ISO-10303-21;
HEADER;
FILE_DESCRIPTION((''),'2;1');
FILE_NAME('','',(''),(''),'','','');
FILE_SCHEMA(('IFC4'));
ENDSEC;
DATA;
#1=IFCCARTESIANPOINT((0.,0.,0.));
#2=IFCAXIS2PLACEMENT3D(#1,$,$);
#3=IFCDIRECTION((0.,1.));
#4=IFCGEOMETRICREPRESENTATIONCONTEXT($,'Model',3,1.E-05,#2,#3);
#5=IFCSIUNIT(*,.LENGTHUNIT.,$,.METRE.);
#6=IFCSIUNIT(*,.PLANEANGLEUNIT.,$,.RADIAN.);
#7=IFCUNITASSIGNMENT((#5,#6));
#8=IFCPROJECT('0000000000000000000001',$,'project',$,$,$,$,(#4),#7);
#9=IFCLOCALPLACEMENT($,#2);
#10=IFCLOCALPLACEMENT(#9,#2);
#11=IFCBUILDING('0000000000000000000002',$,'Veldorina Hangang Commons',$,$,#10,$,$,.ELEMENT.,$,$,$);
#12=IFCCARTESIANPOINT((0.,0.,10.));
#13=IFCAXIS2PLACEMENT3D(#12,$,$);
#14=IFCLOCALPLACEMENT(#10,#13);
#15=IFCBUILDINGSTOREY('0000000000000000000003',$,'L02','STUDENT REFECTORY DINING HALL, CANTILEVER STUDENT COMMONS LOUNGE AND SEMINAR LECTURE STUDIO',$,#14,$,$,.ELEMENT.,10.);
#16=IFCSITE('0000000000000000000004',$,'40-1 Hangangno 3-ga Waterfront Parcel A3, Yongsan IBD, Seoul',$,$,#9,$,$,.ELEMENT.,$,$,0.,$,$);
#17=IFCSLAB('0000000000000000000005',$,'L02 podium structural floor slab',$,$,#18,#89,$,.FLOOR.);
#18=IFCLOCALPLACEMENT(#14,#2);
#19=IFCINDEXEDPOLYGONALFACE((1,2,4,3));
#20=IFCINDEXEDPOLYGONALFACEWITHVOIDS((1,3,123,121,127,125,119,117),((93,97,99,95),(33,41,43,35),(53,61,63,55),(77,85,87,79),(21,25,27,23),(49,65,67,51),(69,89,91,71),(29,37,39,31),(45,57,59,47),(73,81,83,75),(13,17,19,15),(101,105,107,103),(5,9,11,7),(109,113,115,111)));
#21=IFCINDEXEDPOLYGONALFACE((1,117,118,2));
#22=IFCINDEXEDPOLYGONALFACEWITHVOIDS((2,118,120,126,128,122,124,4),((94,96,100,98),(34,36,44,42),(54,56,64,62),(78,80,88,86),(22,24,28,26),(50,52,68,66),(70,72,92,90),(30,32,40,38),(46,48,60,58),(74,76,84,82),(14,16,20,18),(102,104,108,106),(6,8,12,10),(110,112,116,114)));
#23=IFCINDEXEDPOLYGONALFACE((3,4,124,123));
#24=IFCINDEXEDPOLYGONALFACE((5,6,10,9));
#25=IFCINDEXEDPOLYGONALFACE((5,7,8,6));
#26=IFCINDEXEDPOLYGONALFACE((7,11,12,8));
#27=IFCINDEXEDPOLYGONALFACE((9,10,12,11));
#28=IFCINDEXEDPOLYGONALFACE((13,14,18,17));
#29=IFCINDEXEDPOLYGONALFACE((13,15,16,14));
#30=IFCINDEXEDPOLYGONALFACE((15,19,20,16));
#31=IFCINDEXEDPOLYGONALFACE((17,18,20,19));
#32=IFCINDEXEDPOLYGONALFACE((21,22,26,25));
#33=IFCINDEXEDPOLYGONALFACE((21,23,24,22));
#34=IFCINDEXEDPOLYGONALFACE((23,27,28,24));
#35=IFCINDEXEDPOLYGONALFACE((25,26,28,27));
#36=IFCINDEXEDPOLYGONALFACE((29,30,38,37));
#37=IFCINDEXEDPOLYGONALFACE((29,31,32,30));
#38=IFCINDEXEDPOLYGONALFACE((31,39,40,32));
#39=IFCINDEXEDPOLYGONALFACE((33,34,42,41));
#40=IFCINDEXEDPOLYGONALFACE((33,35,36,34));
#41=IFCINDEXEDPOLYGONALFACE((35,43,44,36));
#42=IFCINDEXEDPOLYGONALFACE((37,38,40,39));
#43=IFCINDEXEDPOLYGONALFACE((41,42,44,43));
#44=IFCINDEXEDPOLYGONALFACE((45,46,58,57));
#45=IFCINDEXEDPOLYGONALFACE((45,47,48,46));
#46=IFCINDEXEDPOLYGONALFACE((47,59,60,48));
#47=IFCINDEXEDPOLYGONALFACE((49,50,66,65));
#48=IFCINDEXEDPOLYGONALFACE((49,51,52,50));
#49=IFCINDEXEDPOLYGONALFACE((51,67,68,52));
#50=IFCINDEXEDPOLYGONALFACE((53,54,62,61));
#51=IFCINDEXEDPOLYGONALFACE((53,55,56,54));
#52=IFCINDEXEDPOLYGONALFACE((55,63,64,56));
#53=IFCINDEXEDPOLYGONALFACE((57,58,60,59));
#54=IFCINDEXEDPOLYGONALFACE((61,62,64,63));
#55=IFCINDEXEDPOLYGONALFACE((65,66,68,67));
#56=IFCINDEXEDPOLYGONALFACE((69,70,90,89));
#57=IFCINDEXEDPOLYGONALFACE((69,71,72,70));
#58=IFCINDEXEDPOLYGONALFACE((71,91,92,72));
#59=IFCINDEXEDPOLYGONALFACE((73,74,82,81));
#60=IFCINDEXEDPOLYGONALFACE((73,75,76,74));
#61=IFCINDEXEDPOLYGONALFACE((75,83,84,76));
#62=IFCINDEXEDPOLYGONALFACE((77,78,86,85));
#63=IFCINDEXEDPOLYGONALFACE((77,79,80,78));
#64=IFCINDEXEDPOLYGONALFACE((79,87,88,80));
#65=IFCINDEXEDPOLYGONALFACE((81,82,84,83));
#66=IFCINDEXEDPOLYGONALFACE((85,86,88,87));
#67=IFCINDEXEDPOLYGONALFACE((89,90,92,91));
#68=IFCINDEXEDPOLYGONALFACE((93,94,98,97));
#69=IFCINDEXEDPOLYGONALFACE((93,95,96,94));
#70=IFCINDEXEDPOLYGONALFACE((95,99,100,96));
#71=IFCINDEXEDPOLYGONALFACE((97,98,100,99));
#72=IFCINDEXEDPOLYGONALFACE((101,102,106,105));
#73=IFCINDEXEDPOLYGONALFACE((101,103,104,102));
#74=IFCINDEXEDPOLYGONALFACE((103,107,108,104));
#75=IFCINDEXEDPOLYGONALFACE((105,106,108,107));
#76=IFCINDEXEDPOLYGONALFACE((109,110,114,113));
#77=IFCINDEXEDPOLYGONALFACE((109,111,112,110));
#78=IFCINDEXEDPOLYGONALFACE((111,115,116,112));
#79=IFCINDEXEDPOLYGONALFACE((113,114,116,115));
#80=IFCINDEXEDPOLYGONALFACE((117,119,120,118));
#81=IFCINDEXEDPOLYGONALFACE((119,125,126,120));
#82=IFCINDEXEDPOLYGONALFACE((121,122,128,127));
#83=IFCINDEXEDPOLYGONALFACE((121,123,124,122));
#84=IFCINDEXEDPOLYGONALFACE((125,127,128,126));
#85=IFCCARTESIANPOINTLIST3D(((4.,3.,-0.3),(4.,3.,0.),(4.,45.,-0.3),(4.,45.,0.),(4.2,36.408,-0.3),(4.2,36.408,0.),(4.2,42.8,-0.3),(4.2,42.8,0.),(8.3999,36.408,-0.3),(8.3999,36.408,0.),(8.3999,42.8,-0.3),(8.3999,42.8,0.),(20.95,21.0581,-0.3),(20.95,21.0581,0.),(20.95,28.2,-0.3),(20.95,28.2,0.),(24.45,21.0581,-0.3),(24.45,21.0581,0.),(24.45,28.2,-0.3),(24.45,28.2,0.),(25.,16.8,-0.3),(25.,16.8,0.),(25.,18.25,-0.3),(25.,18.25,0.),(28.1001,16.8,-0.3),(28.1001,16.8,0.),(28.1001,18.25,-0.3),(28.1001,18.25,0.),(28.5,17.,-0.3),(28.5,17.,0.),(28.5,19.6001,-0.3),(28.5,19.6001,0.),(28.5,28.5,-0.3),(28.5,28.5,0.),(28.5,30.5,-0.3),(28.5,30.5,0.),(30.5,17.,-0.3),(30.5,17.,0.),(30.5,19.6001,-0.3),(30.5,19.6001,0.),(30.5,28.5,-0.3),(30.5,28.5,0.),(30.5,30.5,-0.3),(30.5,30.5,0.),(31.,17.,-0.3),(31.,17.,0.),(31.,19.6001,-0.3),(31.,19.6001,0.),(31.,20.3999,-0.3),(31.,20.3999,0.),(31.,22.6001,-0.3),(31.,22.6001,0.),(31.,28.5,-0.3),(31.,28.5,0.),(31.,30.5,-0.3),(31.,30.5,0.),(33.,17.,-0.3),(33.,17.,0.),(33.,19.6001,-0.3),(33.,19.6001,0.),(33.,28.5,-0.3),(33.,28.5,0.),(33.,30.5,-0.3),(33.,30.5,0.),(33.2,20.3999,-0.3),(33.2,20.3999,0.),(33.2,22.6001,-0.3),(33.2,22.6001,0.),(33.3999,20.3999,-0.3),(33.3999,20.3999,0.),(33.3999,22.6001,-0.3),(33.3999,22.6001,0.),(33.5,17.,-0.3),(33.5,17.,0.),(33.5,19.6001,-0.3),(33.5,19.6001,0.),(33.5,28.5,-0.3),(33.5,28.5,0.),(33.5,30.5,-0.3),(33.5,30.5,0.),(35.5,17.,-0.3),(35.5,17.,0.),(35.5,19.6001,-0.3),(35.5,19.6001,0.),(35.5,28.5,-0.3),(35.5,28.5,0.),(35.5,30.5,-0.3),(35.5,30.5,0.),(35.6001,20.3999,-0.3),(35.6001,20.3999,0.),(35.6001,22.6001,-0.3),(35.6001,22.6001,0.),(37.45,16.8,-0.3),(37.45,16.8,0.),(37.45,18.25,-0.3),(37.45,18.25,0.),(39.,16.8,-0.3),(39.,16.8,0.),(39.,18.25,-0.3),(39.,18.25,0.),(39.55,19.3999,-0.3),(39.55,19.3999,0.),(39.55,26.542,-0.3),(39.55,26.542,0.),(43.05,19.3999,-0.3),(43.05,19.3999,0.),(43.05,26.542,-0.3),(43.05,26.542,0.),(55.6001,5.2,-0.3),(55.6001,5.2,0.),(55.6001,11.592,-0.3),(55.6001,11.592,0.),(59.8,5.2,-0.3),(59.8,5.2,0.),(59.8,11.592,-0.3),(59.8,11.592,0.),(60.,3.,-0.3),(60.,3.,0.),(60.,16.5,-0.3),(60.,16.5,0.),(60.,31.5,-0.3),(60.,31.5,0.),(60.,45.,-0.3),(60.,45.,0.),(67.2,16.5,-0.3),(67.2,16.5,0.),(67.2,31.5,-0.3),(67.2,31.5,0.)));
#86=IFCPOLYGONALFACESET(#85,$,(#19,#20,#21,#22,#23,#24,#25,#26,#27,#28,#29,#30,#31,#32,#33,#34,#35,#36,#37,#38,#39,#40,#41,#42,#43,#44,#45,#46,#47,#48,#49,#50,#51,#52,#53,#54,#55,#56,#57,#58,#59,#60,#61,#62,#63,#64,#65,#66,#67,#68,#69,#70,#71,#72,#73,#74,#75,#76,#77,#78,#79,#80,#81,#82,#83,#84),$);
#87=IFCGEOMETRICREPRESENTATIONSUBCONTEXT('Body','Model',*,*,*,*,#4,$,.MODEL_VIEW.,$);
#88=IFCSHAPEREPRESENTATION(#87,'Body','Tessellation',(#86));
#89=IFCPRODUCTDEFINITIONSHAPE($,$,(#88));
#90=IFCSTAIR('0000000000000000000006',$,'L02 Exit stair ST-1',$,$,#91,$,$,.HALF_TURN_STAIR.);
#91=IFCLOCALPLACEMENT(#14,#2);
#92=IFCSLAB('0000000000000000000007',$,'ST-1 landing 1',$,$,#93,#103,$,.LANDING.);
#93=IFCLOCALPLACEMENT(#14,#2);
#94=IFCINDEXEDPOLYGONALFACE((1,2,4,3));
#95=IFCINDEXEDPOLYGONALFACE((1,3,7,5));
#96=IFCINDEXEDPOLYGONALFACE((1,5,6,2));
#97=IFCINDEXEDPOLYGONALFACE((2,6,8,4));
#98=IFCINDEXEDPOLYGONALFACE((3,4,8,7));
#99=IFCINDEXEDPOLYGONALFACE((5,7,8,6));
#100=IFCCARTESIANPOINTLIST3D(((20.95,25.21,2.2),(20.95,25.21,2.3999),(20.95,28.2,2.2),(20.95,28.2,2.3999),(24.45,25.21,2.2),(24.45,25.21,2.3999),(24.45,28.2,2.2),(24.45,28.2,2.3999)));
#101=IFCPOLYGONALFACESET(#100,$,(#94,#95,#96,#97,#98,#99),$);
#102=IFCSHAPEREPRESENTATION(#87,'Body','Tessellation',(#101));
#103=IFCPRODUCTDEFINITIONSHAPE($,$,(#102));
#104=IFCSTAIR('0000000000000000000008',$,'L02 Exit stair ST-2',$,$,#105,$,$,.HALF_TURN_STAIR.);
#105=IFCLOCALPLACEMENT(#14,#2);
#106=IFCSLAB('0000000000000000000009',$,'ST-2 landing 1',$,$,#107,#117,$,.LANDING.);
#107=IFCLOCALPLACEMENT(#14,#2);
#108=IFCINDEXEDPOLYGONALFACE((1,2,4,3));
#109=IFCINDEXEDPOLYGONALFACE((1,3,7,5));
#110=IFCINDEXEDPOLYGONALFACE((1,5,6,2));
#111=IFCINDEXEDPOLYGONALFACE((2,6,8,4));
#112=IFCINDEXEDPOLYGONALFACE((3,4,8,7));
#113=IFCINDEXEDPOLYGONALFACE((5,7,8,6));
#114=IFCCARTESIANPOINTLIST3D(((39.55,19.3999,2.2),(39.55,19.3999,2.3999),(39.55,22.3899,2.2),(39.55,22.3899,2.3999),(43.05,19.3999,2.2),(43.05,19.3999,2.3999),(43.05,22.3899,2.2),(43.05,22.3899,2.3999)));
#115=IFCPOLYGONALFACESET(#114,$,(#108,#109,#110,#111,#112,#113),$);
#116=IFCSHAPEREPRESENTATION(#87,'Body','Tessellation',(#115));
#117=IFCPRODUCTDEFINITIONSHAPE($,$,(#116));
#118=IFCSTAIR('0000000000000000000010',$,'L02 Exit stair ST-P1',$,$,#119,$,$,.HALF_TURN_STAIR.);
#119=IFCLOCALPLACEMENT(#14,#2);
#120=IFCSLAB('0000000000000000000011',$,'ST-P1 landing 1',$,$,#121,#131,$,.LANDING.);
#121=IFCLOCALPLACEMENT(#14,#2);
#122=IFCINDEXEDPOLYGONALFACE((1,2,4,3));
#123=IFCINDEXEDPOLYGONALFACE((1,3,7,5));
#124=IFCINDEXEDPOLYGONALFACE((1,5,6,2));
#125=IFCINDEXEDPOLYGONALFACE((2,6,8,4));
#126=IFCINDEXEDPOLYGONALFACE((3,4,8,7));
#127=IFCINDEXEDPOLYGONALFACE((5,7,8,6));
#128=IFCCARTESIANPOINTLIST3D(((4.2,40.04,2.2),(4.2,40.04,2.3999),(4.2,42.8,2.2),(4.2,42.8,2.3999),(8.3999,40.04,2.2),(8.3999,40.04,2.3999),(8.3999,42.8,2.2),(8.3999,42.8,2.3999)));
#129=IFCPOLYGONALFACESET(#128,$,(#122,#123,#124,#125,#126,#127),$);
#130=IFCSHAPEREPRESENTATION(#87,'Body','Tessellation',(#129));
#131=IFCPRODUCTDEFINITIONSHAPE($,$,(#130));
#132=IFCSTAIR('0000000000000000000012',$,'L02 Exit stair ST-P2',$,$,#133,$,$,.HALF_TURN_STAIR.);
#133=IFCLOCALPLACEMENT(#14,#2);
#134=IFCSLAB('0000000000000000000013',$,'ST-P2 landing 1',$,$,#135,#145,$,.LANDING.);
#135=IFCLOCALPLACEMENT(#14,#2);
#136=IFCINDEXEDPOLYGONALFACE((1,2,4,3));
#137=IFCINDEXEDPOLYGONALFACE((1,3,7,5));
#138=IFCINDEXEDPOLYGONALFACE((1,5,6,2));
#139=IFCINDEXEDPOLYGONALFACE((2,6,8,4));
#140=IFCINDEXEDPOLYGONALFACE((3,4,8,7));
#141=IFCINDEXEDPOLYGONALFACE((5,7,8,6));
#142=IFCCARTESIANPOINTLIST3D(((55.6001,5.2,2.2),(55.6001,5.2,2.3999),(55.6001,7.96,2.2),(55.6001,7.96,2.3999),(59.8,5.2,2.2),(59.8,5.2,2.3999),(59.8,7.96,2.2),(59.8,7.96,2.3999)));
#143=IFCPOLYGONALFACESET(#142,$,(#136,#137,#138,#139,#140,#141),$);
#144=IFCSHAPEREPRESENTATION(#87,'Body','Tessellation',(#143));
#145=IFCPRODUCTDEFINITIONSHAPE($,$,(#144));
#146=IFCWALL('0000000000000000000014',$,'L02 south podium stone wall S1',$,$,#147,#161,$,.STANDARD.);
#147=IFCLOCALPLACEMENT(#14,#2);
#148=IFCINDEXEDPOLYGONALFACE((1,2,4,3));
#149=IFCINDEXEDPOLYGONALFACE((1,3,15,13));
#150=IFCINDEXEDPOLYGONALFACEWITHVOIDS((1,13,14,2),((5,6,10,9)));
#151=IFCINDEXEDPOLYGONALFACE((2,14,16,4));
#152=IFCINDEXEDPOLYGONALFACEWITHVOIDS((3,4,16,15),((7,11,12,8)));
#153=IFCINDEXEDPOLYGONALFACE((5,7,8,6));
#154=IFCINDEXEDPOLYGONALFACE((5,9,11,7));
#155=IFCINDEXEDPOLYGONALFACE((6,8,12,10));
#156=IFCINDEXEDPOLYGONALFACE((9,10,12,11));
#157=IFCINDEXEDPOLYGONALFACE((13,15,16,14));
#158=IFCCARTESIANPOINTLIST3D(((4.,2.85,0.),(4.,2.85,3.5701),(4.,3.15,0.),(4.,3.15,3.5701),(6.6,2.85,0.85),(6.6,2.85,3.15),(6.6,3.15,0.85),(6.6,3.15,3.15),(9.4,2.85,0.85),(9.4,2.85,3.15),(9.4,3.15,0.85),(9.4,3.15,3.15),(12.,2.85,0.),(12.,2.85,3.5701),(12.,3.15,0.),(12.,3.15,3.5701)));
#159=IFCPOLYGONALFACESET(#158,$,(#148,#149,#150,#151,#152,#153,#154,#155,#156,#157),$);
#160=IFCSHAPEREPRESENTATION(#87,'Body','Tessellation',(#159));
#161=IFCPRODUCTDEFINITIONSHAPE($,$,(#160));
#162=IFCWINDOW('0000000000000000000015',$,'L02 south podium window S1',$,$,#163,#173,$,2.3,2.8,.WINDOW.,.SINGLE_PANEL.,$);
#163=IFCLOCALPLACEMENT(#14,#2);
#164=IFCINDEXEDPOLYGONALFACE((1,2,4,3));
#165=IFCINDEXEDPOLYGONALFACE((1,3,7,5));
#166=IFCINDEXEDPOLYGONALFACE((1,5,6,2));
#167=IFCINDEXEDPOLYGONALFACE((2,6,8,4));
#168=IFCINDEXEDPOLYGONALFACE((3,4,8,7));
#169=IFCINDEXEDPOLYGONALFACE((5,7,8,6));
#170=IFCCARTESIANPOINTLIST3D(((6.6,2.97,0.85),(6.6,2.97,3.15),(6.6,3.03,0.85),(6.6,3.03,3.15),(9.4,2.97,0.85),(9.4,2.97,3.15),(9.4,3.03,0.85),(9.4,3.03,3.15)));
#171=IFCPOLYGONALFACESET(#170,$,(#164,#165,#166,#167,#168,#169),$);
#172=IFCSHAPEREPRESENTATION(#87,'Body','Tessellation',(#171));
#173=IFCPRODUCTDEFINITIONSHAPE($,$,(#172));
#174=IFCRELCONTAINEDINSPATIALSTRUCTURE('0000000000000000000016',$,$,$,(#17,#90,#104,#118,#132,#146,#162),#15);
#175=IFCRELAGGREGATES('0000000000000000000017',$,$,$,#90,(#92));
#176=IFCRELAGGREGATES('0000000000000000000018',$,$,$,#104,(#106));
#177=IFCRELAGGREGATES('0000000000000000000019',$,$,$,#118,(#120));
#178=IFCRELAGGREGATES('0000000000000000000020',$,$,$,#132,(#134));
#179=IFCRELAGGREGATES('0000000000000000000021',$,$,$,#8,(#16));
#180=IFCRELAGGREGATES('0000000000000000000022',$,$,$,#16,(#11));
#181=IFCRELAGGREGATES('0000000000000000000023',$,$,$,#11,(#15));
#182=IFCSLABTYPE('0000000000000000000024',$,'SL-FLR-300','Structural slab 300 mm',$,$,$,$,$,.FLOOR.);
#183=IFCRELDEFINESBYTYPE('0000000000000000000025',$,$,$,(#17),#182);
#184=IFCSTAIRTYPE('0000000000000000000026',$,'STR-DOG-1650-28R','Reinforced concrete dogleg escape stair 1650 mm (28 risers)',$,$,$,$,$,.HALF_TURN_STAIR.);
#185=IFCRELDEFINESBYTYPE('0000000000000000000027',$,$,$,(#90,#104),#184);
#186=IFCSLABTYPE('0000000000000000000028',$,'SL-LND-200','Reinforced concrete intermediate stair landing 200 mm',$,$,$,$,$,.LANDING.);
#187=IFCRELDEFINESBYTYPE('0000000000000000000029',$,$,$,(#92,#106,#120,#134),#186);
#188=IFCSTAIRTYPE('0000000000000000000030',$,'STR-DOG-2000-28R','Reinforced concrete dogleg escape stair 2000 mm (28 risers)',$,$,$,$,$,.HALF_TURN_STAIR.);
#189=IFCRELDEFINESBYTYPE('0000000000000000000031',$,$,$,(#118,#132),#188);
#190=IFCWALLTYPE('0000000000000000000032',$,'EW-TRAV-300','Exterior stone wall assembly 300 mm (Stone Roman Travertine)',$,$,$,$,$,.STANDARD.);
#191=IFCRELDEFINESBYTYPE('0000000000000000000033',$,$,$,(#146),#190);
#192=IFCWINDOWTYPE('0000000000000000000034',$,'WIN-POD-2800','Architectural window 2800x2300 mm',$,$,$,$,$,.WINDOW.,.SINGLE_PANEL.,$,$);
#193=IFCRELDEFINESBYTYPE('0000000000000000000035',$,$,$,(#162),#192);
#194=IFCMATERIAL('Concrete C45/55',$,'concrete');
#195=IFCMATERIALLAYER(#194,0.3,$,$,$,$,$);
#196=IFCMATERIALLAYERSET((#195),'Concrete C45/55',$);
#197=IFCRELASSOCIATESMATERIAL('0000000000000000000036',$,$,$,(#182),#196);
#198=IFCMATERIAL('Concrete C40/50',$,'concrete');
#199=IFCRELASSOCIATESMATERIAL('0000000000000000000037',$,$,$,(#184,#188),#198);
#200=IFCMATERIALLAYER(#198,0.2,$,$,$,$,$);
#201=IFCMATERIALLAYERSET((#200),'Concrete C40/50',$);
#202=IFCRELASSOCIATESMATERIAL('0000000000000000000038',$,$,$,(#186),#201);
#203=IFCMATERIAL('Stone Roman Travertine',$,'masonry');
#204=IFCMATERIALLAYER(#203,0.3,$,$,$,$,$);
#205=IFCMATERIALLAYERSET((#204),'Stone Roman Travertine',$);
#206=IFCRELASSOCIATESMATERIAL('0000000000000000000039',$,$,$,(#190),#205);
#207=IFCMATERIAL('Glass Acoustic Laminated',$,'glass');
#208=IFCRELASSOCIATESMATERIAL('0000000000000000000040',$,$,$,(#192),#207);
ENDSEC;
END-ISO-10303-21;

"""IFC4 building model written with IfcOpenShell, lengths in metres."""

from ifc_helpers import new_model, si_unit, direction, frame, frame_2d, origin, place, context, subcontext, project, spatial, polyline, rectangle, outline, extrude, material, layer, layer_set, type_object, element, fill, aggregate, save


model = new_model("IFC4")

# Units and contexts
model_context = context("Model", 3, precision=1e-05, world=origin(), true_north=direction((0.0, 1.0)))
body_context = subcontext(model_context, "Body", "Model", "MODEL_VIEW")
ifc_project = project(units=[si_unit("LENGTHUNIT", "METRE"), si_unit("PLANEANGLEUNIT", "RADIAN")], contexts=[model_context])

# Site, building, storey
site_placement = place(None, origin())
site = spatial("IfcSite", under=ifc_project, at=site_placement, Name="40-1 Hangangno 3-ga Waterfront Parcel A3, Yongsan IBD, Seoul", CompositionType="ELEMENT", RefElevation=0.0)
building_placement = place(site_placement, origin())
building = spatial("IfcBuilding", under=site, at=building_placement, Name="Veldorina Hangang Commons", CompositionType="ELEMENT")
storey_placement = place(building_placement, frame((0.0, 0.0, 10.0)))
storey = spatial("IfcBuildingStorey", under=building, at=storey_placement, Name="L02", Description="STUDENT REFECTORY DINING HALL, CANTILEVER STUDENT COMMONS LOUNGE AND SEMINAR LECTURE STUDIO", CompositionType="ELEMENT", Elevation=10.0)

# Slab
ifc_material_1 = material(Name="Concrete C45/55", Category="concrete")
ifc_layer_1 = layer(ifc_material_1, 0.3)
ifc_layer_set_1 = layer_set([ifc_layer_1], Name="Concrete C45/55")
slab_type_1 = type_object("IfcSlabType", Name="SL-FLR-300", Description="Structural slab 300 mm", PredefinedType="FLOOR", material=ifc_layer_set_1)
slab_1_placement = place(storey_placement, frame((0.0, 0.0, -0.3)))
element("IfcSlab", 1, at=slab_1_placement, inside=storey, type_object=slab_type_1, Name="L02 podium structural floor slab", PredefinedType="FLOOR", context=body_context, shape_type="SweptSolid", body=[
    extrude(outline(polyline([(4.0, 3.0), (60.0, 3.0), (60.0, 16.5), (67.2, 16.5), (67.2, 31.5), (60.0, 31.5), (60.0, 45.0), (4.0, 45.0), (4.0, 3.0)]), holes=[polyline([(20.95, 21.0581), (20.95, 28.2), (24.45, 28.2), (24.45, 21.0581), (20.95, 21.0581)]), polyline([(43.05, 26.542), (43.05, 19.3999), (39.55, 19.3999), (39.55, 26.542), (43.05, 26.542)]), polyline([(4.2, 36.408), (4.2, 42.8), (8.3999, 42.8), (8.3999, 36.408), (4.2, 36.408)]), polyline([(59.8, 11.592), (59.8, 5.2), (55.6001, 5.2), (55.6001, 11.592), (59.8, 11.592)]), polyline([(28.5, 30.5), (30.5, 30.5), (30.5, 28.5), (28.5, 28.5), (28.5, 30.5)]), polyline([(31.0, 30.5), (33.0, 30.5), (33.0, 28.5), (31.0, 28.5), (31.0, 30.5)]), polyline([(33.5, 30.5), (35.5, 30.5), (35.5, 28.5), (33.5, 28.5), (33.5, 30.5)]), polyline([(31.0, 22.6001), (33.2, 22.6001), (33.2, 20.3999), (31.0, 20.3999), (31.0, 22.6001)]), polyline([(33.3999, 22.6001), (35.6001, 22.6001), (35.6001, 20.3999), (33.3999, 20.3999), (33.3999, 22.6001)]), polyline([(28.5, 19.6001), (30.5, 19.6001), (30.5, 17.0), (28.5, 17.0), (28.5, 19.6001)]), polyline([(31.0, 19.6001), (33.0, 19.6001), (33.0, 17.0), (31.0, 17.0), (31.0, 19.6001)]), polyline([(33.5, 19.6001), (35.5, 19.6001), (35.5, 17.0), (33.5, 17.0), (33.5, 19.6001)]), polyline([(25.0, 18.25), (28.1001, 18.25), (28.1001, 16.8), (25.0, 16.8), (25.0, 18.25)]), polyline([(37.45, 18.25), (39.0, 18.25), (39.0, 16.8), (37.45, 16.8), (37.45, 18.25)])]), origin(), (0.0, 0.0, 1.0), 0.3),
])

# Stairs, slabs
ifc_material_2 = material(Name="Concrete C40/50", Category="concrete")
stair_type_1 = type_object("IfcStairType", Name="STR-DOG-1650-28R", Description="Reinforced concrete dogleg escape stair 1650 mm (28 risers)", PredefinedType="HALF_TURN_STAIR", material=ifc_material_2)
stair_1_placement = place(storey_placement, origin())
stair_1 = element("IfcStair", 2, at=stair_1_placement, inside=storey, type_object=stair_type_1, Name="L02 Exit stair ST-1", PredefinedType="HALF_TURN_STAIR")
ifc_layer_2 = layer(ifc_material_2, 0.2)
ifc_layer_set_2 = layer_set([ifc_layer_2], Name="Concrete C40/50")
slab_type_2 = type_object("IfcSlabType", Name="SL-LND-200", Description="Reinforced concrete intermediate stair landing 200 mm", PredefinedType="LANDING", material=ifc_layer_set_2)
slab_2_placement = place(storey_placement, frame((0.0, 0.0, 2.2)))
slab_2 = element("IfcSlab", 3, at=slab_2_placement, type_object=slab_type_2, Name="ST-1 landing 1", PredefinedType="LANDING", context=body_context, shape_type="SweptSolid", body=[
    extrude(outline(polyline([(24.45, 25.21), (24.45, 28.2), (20.95, 28.2), (20.95, 25.21), (24.45, 25.21)])), origin(), (0.0, 0.0, 1.0), 0.2),
])
aggregate(stair_1, [slab_2])
stair_2_placement = place(storey_placement, origin())
stair_2 = element("IfcStair", 4, at=stair_2_placement, inside=storey, type_object=stair_type_1, Name="L02 Exit stair ST-2", PredefinedType="HALF_TURN_STAIR")
slab_3_placement = place(storey_placement, frame((0.0, 0.0, 2.2)))
slab_3 = element("IfcSlab", 5, at=slab_3_placement, type_object=slab_type_2, Name="ST-2 landing 1", PredefinedType="LANDING", context=body_context, shape_type="SweptSolid", body=[
    extrude(outline(polyline([(39.55, 22.3899), (39.55, 19.3999), (43.05, 19.3999), (43.05, 22.3899), (39.55, 22.3899)])), origin(), (0.0, 0.0, 1.0), 0.2),
])
aggregate(stair_2, [slab_3])
stair_type_2 = type_object("IfcStairType", Name="STR-DOG-2000-28R", Description="Reinforced concrete dogleg escape stair 2000 mm (28 risers)", PredefinedType="HALF_TURN_STAIR", material=ifc_material_2)
stair_3_placement = place(storey_placement, origin())
stair_3 = element("IfcStair", 6, at=stair_3_placement, inside=storey, type_object=stair_type_2, Name="L02 Exit stair ST-P1", PredefinedType="HALF_TURN_STAIR")
slab_4_placement = place(storey_placement, frame((0.0, 0.0, 2.2)))
slab_4 = element("IfcSlab", 7, at=slab_4_placement, type_object=slab_type_2, Name="ST-P1 landing 1", PredefinedType="LANDING", context=body_context, shape_type="SweptSolid", body=[
    extrude(outline(polyline([(8.3999, 40.04), (8.3999, 42.8), (4.2, 42.8), (4.2, 40.04), (8.3999, 40.04)])), origin(), (0.0, 0.0, 1.0), 0.2),
])
aggregate(stair_3, [slab_4])
stair_4_placement = place(storey_placement, origin())
stair_4 = element("IfcStair", 8, at=stair_4_placement, inside=storey, type_object=stair_type_2, Name="L02 Exit stair ST-P2", PredefinedType="HALF_TURN_STAIR")
slab_5_placement = place(storey_placement, frame((0.0, 0.0, 2.2)))
slab_5 = element("IfcSlab", 9, at=slab_5_placement, type_object=slab_type_2, Name="ST-P2 landing 1", PredefinedType="LANDING", context=body_context, shape_type="SweptSolid", body=[
    extrude(outline(polyline([(55.6001, 7.96), (55.6001, 5.2), (59.8, 5.2), (59.8, 7.96), (55.6001, 7.96)])), origin(), (0.0, 0.0, 1.0), 0.2),
])
aggregate(stair_4, [slab_5])

# Wall, opening, window
ifc_material_3 = material(Name="Stone Roman Travertine", Category="masonry")
ifc_layer_3 = layer(ifc_material_3, 0.3)
ifc_layer_set_3 = layer_set([ifc_layer_3], Name="Stone Roman Travertine")
wall_type_1 = type_object("IfcWallType", Name="EW-TRAV-300", Description="Exterior stone wall assembly 300 mm (Stone Roman Travertine)", PredefinedType="STANDARD", material=ifc_layer_set_3)
wall_1_placement = place(storey_placement, frame((4.0, 3.0, 0.0), z_axis=(0.0, 0.0, 1.0), x_axis=(1.0, 0.0, 0.0)))
wall_1 = element("IfcWall", 10, at=wall_1_placement, inside=storey, type_object=wall_type_1, Name="L02 south podium stone wall S1", PredefinedType="STANDARD", context=body_context, shape_type="SweptSolid", body=[
    extrude(rectangle(XDim=8.0, YDim=0.3, at=frame_2d((4.0, 0.0))), origin(), (0.0, 0.0, 1.0), 3.5701),
])
opening_1_placement = place(wall_1_placement, frame((2.6001, 0.0, 0.8501)))
opening_1 = element("IfcOpeningElement", 11, at=opening_1_placement, cuts=wall_1, PredefinedType="OPENING", context=body_context, shape_type="SweptSolid", body=[
    extrude(rectangle(XDim=2.8, YDim=2.3, at=frame_2d((1.3999, 1.1499))), frame((0.0, 0.1602, 0.0), z_axis=(0.0, -1.0, 0.0), x_axis=(1.0, 0.0, 0.0)), (0.0, 0.0, 1.0), 0.3201),
])
ifc_material_4 = material(Name="Glass Acoustic Laminated", Category="glass")
window_type = type_object("IfcWindowType", Name="WIN-POD-2800", Description="Architectural window 2800x2300 mm", PartitioningType="SINGLE_PANEL", PredefinedType="WINDOW", material=ifc_material_4)
window_1_placement = place(opening_1_placement, origin())
window_1 = element("IfcWindow", 12, at=window_1_placement, inside=storey, type_object=window_type, Name="L02 south podium window S1", OverallHeight=2.3, OverallWidth=2.8, PartitioningType="SINGLE_PANEL", PredefinedType="WINDOW", context=body_context, shape_type="SweptSolid", body=[
    extrude(rectangle(XDim=2.8, YDim=2.3, at=frame_2d((1.3999, 1.1499))), frame((0.0, 0.03, 0.0), z_axis=(0.0, -1.0, 0.0), x_axis=(1.0, 0.0, 0.0)), (0.0, 0.0, 1.0), 0.0601),
])
fill(opening_1, window_1)

save(model, "model.ifc")
